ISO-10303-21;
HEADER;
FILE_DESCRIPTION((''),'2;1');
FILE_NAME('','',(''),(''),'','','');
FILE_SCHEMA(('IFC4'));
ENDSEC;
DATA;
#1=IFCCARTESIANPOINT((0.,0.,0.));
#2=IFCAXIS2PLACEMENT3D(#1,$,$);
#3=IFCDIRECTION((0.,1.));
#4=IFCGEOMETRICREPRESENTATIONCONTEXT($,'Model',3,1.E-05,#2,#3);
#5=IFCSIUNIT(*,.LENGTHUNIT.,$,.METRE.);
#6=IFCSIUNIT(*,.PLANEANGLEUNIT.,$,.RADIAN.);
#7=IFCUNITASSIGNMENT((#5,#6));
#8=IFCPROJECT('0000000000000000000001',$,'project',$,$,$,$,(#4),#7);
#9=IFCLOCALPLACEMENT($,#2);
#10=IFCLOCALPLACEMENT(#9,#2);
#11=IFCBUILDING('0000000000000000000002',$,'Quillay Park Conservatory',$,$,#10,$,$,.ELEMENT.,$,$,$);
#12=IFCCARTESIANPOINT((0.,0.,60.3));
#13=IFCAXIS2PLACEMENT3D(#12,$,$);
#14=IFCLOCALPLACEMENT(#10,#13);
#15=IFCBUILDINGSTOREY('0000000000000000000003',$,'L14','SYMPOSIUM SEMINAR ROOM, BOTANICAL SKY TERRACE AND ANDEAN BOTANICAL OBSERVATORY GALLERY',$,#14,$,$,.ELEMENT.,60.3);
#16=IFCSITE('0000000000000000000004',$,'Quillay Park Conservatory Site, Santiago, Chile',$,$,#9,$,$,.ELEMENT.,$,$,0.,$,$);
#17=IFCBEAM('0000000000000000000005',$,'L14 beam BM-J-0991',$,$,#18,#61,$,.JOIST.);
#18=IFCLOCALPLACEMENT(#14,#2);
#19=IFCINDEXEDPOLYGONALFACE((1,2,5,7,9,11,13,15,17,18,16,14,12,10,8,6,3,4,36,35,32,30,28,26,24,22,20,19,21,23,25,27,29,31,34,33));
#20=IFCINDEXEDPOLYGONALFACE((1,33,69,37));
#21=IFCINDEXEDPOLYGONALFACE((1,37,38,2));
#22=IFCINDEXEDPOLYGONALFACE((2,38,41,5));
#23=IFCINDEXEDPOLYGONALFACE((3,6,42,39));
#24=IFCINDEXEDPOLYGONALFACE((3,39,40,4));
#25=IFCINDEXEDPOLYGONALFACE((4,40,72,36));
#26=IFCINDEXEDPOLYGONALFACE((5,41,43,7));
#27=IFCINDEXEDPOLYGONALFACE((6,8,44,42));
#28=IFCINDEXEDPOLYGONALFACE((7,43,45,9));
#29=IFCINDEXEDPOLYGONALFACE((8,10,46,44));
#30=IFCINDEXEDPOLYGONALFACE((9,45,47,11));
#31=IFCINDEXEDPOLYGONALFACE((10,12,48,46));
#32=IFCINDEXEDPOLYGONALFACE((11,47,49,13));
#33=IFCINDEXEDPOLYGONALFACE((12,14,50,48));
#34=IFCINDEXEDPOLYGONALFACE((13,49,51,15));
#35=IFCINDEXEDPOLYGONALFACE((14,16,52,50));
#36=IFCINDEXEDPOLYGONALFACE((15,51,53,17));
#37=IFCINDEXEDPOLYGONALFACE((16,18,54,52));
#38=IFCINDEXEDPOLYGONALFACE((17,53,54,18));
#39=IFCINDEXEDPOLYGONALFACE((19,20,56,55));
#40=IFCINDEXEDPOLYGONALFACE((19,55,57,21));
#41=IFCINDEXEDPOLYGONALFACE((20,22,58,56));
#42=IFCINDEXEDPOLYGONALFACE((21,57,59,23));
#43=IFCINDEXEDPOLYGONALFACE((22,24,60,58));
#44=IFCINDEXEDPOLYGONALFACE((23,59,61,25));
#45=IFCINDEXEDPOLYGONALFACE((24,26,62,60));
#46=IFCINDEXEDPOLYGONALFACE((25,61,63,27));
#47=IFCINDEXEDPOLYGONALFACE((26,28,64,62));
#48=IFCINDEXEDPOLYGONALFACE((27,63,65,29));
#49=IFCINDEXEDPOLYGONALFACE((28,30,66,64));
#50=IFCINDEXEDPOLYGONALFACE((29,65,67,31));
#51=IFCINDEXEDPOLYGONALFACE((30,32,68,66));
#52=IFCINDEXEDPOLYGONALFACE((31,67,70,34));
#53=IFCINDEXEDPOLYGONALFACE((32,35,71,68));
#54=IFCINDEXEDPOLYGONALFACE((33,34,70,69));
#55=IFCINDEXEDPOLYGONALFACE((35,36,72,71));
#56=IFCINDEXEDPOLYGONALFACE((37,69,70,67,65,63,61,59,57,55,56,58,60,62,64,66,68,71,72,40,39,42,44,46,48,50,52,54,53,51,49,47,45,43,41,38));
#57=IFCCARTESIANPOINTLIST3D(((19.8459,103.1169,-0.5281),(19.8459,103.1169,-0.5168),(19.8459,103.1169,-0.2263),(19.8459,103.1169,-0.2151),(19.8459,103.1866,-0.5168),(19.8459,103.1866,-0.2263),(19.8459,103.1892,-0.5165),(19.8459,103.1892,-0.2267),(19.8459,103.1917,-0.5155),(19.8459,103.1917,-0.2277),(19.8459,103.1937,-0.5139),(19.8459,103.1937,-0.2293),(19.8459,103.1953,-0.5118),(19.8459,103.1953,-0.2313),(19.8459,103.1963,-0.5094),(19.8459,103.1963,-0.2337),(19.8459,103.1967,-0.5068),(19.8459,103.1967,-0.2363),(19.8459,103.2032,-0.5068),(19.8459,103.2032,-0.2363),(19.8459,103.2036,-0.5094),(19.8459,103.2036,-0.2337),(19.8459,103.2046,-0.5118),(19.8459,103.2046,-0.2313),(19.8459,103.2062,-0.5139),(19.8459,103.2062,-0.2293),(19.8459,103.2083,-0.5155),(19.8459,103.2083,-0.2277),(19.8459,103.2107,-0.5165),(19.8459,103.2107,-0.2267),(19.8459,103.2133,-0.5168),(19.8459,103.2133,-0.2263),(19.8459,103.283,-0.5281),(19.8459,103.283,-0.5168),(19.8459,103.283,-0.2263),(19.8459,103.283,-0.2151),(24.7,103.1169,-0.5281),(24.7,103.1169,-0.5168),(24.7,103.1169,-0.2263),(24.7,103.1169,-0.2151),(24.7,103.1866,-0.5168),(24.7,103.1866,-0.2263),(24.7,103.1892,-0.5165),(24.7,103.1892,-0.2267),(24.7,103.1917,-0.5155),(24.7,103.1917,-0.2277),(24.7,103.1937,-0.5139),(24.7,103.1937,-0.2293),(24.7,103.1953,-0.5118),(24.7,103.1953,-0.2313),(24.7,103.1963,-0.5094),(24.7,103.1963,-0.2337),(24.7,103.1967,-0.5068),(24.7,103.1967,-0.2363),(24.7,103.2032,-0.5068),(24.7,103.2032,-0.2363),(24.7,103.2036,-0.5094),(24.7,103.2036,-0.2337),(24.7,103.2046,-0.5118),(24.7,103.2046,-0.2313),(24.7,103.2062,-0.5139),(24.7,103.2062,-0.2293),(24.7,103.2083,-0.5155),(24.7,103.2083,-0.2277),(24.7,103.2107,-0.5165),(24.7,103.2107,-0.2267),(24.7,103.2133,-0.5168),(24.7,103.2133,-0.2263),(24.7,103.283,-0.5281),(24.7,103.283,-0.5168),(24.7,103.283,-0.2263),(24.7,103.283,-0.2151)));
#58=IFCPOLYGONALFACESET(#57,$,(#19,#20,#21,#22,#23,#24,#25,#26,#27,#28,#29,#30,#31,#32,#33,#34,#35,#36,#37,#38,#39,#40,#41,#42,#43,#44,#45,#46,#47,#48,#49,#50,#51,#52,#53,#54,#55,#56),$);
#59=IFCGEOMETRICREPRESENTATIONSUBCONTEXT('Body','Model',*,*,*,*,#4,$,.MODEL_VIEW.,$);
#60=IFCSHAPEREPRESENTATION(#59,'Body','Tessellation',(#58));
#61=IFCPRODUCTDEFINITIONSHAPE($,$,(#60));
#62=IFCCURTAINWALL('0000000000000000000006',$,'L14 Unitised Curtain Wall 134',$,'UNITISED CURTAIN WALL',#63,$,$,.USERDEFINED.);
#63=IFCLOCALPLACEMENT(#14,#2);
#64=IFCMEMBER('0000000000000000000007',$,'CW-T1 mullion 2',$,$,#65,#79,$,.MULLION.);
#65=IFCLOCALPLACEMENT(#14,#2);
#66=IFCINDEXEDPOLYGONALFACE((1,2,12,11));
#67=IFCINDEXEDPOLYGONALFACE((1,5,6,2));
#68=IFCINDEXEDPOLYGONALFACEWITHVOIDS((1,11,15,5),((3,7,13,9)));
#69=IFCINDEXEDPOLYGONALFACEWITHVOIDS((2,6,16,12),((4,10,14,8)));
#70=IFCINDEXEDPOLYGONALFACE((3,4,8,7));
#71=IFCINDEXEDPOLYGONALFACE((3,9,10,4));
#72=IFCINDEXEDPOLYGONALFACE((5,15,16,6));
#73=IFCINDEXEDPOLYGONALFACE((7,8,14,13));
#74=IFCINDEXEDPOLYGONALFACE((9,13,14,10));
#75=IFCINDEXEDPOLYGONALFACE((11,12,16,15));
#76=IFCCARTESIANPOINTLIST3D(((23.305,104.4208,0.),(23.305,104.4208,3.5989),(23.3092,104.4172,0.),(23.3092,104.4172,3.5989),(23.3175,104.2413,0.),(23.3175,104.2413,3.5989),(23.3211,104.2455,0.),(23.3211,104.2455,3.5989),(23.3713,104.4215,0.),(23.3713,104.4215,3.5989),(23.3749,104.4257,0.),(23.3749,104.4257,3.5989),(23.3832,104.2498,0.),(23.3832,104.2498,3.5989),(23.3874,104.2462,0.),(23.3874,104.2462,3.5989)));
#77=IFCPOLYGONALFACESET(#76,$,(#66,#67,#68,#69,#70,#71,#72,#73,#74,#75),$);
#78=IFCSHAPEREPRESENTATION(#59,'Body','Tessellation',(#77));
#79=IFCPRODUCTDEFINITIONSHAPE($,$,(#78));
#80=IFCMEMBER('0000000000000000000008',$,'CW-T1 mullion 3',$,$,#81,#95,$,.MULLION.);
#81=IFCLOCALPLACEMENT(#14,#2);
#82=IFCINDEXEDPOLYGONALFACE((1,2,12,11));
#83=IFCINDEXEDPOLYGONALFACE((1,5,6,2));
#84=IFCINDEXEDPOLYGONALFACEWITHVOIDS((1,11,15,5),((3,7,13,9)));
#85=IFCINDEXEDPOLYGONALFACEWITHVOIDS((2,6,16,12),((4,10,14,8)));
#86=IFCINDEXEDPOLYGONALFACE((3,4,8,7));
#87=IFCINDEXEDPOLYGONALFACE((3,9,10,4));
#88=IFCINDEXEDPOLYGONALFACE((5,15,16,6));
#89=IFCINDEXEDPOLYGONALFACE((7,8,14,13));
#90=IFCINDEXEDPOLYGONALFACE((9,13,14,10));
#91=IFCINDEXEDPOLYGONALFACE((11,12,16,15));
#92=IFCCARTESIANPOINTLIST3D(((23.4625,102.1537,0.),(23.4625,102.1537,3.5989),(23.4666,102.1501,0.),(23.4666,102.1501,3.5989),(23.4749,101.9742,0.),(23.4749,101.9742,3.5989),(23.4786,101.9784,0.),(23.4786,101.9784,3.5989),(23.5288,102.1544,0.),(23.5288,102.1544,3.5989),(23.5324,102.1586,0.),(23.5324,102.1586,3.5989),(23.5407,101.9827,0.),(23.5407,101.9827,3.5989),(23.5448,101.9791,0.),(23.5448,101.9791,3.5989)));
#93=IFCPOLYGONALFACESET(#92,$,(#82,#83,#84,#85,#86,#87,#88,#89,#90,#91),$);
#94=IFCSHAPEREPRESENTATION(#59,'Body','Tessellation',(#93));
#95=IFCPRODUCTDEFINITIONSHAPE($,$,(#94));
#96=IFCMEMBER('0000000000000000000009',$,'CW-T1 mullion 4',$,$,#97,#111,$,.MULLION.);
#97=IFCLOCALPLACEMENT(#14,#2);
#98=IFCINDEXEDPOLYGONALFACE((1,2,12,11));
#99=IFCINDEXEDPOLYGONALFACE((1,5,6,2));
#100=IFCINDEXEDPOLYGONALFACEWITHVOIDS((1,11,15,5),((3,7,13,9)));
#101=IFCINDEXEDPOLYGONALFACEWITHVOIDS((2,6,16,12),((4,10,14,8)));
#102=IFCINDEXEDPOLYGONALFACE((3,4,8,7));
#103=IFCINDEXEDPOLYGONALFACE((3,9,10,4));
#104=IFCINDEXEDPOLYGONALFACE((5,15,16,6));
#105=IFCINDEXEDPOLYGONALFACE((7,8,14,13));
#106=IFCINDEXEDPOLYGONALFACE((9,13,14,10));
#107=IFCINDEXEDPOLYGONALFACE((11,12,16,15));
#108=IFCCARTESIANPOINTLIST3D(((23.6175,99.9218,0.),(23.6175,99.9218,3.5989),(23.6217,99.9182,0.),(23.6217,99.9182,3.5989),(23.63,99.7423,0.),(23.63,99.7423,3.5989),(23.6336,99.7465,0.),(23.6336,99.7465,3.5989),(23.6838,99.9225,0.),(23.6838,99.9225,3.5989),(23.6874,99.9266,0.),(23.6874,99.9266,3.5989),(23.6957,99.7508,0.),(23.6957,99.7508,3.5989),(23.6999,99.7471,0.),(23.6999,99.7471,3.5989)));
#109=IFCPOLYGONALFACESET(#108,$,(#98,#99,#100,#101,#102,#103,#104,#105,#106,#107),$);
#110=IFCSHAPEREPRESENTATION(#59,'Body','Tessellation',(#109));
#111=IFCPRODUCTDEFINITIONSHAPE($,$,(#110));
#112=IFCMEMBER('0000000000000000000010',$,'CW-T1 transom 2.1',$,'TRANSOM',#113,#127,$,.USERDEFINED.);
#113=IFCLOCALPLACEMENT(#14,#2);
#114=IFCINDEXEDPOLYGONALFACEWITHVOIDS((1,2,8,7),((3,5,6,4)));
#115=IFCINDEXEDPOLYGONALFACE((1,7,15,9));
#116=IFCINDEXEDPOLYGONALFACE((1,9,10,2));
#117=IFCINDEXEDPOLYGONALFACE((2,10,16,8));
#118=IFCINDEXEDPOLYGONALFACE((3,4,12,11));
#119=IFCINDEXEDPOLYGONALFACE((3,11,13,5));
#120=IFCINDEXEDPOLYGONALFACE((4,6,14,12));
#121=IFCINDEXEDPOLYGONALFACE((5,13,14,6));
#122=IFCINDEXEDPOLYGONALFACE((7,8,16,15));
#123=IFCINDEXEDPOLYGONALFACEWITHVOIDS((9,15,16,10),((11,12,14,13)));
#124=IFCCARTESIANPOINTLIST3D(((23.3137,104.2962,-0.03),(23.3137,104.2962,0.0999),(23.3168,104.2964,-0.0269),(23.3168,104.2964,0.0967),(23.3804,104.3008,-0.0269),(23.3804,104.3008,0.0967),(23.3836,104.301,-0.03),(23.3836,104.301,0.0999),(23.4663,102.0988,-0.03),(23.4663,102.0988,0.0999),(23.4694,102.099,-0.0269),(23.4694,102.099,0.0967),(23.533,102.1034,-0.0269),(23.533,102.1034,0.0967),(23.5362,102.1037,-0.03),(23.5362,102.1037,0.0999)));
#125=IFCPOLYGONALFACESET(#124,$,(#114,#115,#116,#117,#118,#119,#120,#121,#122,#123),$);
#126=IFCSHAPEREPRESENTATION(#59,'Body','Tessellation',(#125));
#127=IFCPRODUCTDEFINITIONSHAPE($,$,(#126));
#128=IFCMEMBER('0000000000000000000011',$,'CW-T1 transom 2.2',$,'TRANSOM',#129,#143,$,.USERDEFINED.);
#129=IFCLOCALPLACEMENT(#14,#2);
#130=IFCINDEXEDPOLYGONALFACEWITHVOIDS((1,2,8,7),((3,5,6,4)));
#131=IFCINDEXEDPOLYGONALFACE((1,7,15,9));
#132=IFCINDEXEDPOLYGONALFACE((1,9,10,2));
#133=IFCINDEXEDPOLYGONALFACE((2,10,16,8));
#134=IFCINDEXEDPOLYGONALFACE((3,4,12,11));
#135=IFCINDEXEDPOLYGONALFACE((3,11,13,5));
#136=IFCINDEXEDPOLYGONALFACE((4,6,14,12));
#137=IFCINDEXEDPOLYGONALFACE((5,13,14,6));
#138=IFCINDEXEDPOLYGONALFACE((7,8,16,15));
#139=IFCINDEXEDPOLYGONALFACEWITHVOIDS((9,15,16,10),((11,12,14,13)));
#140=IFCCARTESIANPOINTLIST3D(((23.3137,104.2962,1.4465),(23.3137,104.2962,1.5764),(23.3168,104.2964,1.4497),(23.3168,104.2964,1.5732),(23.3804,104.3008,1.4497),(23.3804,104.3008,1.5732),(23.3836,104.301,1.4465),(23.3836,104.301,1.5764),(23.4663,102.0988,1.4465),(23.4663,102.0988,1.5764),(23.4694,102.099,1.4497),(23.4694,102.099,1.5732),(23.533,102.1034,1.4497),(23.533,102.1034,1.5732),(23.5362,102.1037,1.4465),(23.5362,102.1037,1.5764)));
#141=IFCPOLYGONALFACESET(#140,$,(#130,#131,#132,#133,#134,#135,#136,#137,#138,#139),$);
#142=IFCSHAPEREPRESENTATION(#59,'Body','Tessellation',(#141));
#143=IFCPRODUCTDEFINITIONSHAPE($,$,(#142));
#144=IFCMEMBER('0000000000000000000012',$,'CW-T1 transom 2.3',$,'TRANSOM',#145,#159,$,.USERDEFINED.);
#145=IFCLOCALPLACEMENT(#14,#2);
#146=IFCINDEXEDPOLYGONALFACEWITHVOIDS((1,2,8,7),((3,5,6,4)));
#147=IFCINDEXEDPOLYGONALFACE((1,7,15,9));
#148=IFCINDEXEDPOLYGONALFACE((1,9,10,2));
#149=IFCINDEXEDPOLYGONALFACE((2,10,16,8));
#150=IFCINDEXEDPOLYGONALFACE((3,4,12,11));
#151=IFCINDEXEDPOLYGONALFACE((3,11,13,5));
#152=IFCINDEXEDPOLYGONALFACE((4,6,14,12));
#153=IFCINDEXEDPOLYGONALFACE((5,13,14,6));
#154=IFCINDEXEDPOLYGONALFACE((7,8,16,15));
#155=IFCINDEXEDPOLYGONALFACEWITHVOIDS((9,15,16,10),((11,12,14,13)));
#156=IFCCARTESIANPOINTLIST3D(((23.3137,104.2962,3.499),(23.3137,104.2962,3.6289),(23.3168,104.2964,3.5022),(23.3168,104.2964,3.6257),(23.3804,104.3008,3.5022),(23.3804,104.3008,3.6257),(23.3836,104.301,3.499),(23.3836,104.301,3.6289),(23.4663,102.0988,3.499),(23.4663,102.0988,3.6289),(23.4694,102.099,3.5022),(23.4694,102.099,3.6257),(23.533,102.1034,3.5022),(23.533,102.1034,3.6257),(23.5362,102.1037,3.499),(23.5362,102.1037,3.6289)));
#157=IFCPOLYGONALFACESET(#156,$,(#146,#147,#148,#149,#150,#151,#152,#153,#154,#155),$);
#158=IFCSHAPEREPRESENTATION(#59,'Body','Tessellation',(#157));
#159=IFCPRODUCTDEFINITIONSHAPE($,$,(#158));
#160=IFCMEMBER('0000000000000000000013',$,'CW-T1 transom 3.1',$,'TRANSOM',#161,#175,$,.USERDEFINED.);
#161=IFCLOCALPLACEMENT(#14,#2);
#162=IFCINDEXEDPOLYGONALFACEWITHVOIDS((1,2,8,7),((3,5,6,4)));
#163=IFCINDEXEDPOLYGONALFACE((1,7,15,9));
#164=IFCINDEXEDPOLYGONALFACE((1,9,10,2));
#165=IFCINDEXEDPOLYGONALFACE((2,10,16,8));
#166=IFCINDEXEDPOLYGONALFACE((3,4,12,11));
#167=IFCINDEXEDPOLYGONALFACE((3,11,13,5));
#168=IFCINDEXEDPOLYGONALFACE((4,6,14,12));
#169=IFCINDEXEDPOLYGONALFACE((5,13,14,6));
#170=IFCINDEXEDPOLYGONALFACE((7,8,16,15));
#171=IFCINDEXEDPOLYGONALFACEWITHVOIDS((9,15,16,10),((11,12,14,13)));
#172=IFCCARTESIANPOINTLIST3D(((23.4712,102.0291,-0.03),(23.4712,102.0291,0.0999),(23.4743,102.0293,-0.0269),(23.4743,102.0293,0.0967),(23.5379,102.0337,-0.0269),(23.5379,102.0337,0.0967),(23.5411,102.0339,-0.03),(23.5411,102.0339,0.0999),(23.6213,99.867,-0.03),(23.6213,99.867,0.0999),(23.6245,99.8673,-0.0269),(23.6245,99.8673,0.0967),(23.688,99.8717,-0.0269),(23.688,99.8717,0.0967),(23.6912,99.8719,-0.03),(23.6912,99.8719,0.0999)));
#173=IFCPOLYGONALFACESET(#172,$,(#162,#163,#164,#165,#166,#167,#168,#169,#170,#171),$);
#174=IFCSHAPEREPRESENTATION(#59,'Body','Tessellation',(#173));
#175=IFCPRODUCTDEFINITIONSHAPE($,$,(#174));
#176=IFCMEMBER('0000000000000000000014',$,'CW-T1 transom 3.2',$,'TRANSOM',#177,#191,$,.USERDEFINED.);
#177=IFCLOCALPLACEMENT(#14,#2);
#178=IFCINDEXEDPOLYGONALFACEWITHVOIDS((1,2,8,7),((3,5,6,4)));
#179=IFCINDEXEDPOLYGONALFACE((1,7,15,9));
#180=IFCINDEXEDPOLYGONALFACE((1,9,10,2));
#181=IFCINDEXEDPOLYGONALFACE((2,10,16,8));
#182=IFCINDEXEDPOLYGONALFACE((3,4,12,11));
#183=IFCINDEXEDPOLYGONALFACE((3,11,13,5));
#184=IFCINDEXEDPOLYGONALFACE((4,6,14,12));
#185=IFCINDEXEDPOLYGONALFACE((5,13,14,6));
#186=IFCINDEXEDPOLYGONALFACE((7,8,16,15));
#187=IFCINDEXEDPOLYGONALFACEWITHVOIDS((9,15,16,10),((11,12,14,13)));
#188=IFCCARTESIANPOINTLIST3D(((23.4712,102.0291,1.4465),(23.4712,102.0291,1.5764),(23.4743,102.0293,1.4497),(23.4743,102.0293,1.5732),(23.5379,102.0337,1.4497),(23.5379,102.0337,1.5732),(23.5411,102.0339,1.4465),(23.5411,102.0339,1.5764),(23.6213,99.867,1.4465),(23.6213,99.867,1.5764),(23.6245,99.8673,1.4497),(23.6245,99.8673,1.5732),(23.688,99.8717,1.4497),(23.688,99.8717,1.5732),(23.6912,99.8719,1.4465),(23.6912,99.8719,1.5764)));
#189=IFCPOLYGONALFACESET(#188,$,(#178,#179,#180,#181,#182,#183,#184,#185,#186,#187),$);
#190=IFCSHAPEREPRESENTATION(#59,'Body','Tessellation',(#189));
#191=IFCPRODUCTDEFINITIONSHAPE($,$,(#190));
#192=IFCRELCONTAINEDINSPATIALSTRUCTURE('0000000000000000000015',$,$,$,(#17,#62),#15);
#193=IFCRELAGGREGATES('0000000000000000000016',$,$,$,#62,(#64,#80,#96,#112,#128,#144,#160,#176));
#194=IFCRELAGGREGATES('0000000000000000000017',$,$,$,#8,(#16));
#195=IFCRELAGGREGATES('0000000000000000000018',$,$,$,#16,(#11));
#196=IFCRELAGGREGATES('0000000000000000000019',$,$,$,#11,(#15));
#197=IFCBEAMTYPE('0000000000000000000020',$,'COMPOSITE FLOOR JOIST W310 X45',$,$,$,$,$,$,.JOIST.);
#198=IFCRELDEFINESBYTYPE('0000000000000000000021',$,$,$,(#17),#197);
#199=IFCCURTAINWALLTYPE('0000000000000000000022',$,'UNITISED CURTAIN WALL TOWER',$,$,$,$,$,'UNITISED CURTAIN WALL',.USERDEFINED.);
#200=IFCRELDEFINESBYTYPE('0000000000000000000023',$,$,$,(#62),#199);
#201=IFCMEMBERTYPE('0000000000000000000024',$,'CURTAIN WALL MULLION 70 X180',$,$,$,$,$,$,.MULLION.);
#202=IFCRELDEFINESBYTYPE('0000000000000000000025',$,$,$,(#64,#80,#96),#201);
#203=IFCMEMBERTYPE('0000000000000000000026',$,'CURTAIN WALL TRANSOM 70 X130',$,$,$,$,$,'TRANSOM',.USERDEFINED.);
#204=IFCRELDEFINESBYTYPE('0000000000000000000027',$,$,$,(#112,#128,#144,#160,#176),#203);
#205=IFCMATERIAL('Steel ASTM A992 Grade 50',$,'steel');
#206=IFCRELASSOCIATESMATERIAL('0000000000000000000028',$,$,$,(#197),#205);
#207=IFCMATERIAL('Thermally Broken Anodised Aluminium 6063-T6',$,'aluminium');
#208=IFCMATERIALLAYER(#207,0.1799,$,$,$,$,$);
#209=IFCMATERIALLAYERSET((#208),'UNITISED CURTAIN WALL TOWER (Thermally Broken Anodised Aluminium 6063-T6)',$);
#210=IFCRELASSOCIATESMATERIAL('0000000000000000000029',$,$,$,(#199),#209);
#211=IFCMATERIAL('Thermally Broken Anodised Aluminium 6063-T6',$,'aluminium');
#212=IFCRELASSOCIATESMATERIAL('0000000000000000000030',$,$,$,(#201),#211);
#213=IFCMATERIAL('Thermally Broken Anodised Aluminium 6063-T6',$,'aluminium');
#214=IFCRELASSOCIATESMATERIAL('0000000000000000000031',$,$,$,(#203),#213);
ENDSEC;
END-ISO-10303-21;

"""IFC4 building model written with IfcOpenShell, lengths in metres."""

from ifc_helpers import new_model, si_unit, direction, frame, origin, origin_2d, place, context, subcontext, project, spatial, hollow_rectangle, i_section, extrude, material, layer, layer_set, material_profile, profile_set, type_object, element, aggregate, save


model = new_model("IFC4")

# Units and contexts
model_context = context("Model", 3, precision=1e-05, world=origin(), true_north=direction((0.0, 1.0)))
body_context = subcontext(model_context, "Body", "Model", "MODEL_VIEW")
ifc_project = project(units=[si_unit("LENGTHUNIT", "METRE"), si_unit("PLANEANGLEUNIT", "RADIAN")], contexts=[model_context])

# Site, building, storey
site_placement = place(None, origin())
site = spatial("IfcSite", under=ifc_project, at=site_placement, Name="Quillay Park Conservatory Site, Santiago, Chile", CompositionType="ELEMENT", RefElevation=0.0)
building_placement = place(site_placement, origin())
building = spatial("IfcBuilding", under=site, at=building_placement, Name="Quillay Park Conservatory", CompositionType="ELEMENT")
storey_placement = place(building_placement, frame((0.0, 0.0, 60.3)))
storey = spatial("IfcBuildingStorey", under=building, at=storey_placement, Name="L14", Description="SYMPOSIUM SEMINAR ROOM, BOTANICAL SKY TERRACE AND ANDEAN BOTANICAL OBSERVATORY GALLERY", CompositionType="ELEMENT", Elevation=60.3)

# Beam
ifc_material_1 = material(Name="Steel ASTM A992 Grade 50", Category="steel")
ifc_material_profile_1 = material_profile(ifc_material_1, i_section(OverallWidth=0.166, OverallDepth=0.313, WebThickness=0.0066, FlangeThickness=0.0112, FilletRadius=0.01, at=origin_2d()), Name="W310x45")
ifc_profile_set_1 = profile_set([ifc_material_profile_1], Name="Steel ASTM A992 Grade 50")
beam_type_1 = type_object("IfcBeamType", Name="COMPOSITE FLOOR JOIST W310 X45", PredefinedType="JOIST", material=ifc_profile_set_1)
beam_1_placement = place(storey_placement, frame((19.8459, 103.2, -0.3716), z_axis=(1.0, 0.0, 0.0), x_axis=(0.0, 1.0, 0.0)))
element("IfcBeam", 1, at=beam_1_placement, inside=storey, type_object=beam_type_1, Name="L14 beam BM-J-0991", PredefinedType="JOIST", context=body_context, shape_type="SweptSolid", body=[
    extrude(i_section(OverallWidth=0.166, OverallDepth=0.313, WebThickness=0.0066, FlangeThickness=0.0112, FilletRadius=0.01, at=origin_2d()), origin(), (0.0, 0.0, 1.0), 4.854),
])

# Curtain wall, members
ifc_material_2 = material(Name="Thermally Broken Anodised Aluminium 6063-T6", Category="aluminium")
ifc_layer_1 = layer(ifc_material_2, 0.1799)
ifc_layer_set_1 = layer_set([ifc_layer_1], Name="UNITISED CURTAIN WALL TOWER (Thermally Broken Anodised Aluminium 6063-T6)")
curtain_wall_type = type_object("IfcCurtainWallType", Name="UNITISED CURTAIN WALL TOWER", ElementType="UNITISED CURTAIN WALL", PredefinedType="USERDEFINED", material=ifc_layer_set_1)
curtain_wall_placement = place(storey_placement, origin())
curtain_wall = element("IfcCurtainWall", 2, at=curtain_wall_placement, inside=storey, type_object=curtain_wall_type, Name="L14 Unitised Curtain Wall 134", ObjectType="UNITISED CURTAIN WALL", PredefinedType="USERDEFINED")
ifc_material_3 = material(Name="Thermally Broken Anodised Aluminium 6063-T6", Category="aluminium")
ifc_material_profile_2 = material_profile(ifc_material_3, hollow_rectangle(XDim=0.0701, YDim=0.1799, WallThickness=0.0039, at=origin_2d()), Name="AL70x180x4")
ifc_profile_set_2 = profile_set([ifc_material_profile_2], Name="Thermally Broken Anodised Aluminium 6063-T6")
member_type_1 = type_object("IfcMemberType", Name="CURTAIN WALL MULLION 70 X180", PredefinedType="MULLION", material=ifc_profile_set_2)
member_1_placement = place(storey_placement, frame((23.3462, 104.3335, 0.0), z_axis=(0.0, 0.0, 1.0), x_axis=(0.997598, 0.069264, 0.0)))
member_1 = element("IfcMember", 3, at=member_1_placement, type_object=member_type_1, Name="CW-T1 mullion 2", PredefinedType="MULLION", context=body_context, shape_type="SweptSolid", body=[
    extrude(hollow_rectangle(XDim=0.0701, YDim=0.1799, WallThickness=0.0039, at=origin_2d()), origin(), (0.0, 0.0, 1.0), 3.5989),
])
member_2_placement = place(storey_placement, frame((23.5037, 102.0664, 0.0), z_axis=(0.0, 0.0, 1.0), x_axis=(0.997598, 0.069264, 0.0)))
member_2 = element("IfcMember", 4, at=member_2_placement, type_object=member_type_1, Name="CW-T1 mullion 3", PredefinedType="MULLION", context=body_context, shape_type="SweptSolid", body=[
    extrude(hollow_rectangle(XDim=0.0701, YDim=0.1799, WallThickness=0.0039, at=origin_2d()), origin(), (0.0, 0.0, 1.0), 3.5989),
])
member_3_placement = place(storey_placement, frame((23.6587, 99.8345, 0.0), z_axis=(0.0, 0.0, 1.0), x_axis=(0.997598, 0.069264, 0.0)))
member_3 = element("IfcMember", 5, at=member_3_placement, type_object=member_type_1, Name="CW-T1 mullion 4", PredefinedType="MULLION", context=body_context, shape_type="SweptSolid", body=[
    extrude(hollow_rectangle(XDim=0.0701, YDim=0.1799, WallThickness=0.0039, at=origin_2d()), origin(), (0.0, 0.0, 1.0), 3.5989),
])
ifc_material_4 = material(Name="Thermally Broken Anodised Aluminium 6063-T6", Category="aluminium")
ifc_material_profile_3 = material_profile(ifc_material_4, hollow_rectangle(XDim=0.0701, YDim=0.1299, WallThickness=0.0032, at=origin_2d()), Name="AL70x130x3.2")
ifc_profile_set_3 = profile_set([ifc_material_profile_3], Name="Thermally Broken Anodised Aluminium 6063-T6")
member_type_2 = type_object("IfcMemberType", Name="CURTAIN WALL TRANSOM 70 X130", ElementType="TRANSOM", PredefinedType="USERDEFINED", material=ifc_profile_set_3)
member_4_placement = place(storey_placement, frame((23.3486, 104.2986, 0.0349), z_axis=(0.069278, -0.997597, 0.0), x_axis=(0.997597, 0.069278, 0.0)))
member_4 = element("IfcMember", 6, at=member_4_placement, type_object=member_type_2, Name="CW-T1 transom 2.1", ObjectType="TRANSOM", PredefinedType="USERDEFINED", context=body_context, shape_type="SweptSolid", body=[
    extrude(hollow_rectangle(XDim=0.0701, YDim=0.1299, WallThickness=0.0032, at=origin_2d()), origin(), (0.0, 0.0, 1.0), 2.2026),
])
member_5_placement = place(storey_placement, frame((23.3486, 104.2986, 1.5115), z_axis=(0.069278, -0.997597, 0.0), x_axis=(0.997597, 0.069278, 0.0)))
member_5 = element("IfcMember", 7, at=member_5_placement, type_object=member_type_2, Name="CW-T1 transom 2.2", ObjectType="TRANSOM", PredefinedType="USERDEFINED", context=body_context, shape_type="SweptSolid", body=[
    extrude(hollow_rectangle(XDim=0.0701, YDim=0.1299, WallThickness=0.0032, at=origin_2d()), origin(), (0.0, 0.0, 1.0), 2.2026),
])
member_6_placement = place(storey_placement, frame((23.3486, 104.2986, 3.564), z_axis=(0.069278, -0.997597, 0.0), x_axis=(0.997597, 0.069278, 0.0)))
member_6 = element("IfcMember", 8, at=member_6_placement, type_object=member_type_2, Name="CW-T1 transom 2.3", ObjectType="TRANSOM", PredefinedType="USERDEFINED", context=body_context, shape_type="SweptSolid", body=[
    extrude(hollow_rectangle(XDim=0.0701, YDim=0.1299, WallThickness=0.0032, at=origin_2d()), origin(), (0.0, 0.0, 1.0), 2.2026),
])
member_7_placement = place(storey_placement, frame((23.5061, 102.0315, 0.0349), z_axis=(0.069278, -0.997597, 0.0), x_axis=(0.997597, 0.069278, 0.0)))
member_7 = element("IfcMember", 9, at=member_7_placement, type_object=member_type_2, Name="CW-T1 transom 3.1", ObjectType="TRANSOM", PredefinedType="USERDEFINED", context=body_context, shape_type="SweptSolid", body=[
    extrude(hollow_rectangle(XDim=0.0701, YDim=0.1299, WallThickness=0.0032, at=origin_2d()), origin(), (0.0, 0.0, 1.0), 2.1672),
])
member_8_placement = place(storey_placement, frame((23.5061, 102.0315, 1.5115), z_axis=(0.069278, -0.997597, 0.0), x_axis=(0.997597, 0.069278, 0.0)))
member_8 = element("IfcMember", 10, at=member_8_placement, type_object=member_type_2, Name="CW-T1 transom 3.2", ObjectType="TRANSOM", PredefinedType="USERDEFINED", context=body_context, shape_type="SweptSolid", body=[
    extrude(hollow_rectangle(XDim=0.0701, YDim=0.1299, WallThickness=0.0032, at=origin_2d()), origin(), (0.0, 0.0, 1.0), 2.1672),
])

aggregate(curtain_wall, [member_1, member_2, member_3, member_4, member_5, member_6, member_7, member_8])

save(model, "model.ifc")
